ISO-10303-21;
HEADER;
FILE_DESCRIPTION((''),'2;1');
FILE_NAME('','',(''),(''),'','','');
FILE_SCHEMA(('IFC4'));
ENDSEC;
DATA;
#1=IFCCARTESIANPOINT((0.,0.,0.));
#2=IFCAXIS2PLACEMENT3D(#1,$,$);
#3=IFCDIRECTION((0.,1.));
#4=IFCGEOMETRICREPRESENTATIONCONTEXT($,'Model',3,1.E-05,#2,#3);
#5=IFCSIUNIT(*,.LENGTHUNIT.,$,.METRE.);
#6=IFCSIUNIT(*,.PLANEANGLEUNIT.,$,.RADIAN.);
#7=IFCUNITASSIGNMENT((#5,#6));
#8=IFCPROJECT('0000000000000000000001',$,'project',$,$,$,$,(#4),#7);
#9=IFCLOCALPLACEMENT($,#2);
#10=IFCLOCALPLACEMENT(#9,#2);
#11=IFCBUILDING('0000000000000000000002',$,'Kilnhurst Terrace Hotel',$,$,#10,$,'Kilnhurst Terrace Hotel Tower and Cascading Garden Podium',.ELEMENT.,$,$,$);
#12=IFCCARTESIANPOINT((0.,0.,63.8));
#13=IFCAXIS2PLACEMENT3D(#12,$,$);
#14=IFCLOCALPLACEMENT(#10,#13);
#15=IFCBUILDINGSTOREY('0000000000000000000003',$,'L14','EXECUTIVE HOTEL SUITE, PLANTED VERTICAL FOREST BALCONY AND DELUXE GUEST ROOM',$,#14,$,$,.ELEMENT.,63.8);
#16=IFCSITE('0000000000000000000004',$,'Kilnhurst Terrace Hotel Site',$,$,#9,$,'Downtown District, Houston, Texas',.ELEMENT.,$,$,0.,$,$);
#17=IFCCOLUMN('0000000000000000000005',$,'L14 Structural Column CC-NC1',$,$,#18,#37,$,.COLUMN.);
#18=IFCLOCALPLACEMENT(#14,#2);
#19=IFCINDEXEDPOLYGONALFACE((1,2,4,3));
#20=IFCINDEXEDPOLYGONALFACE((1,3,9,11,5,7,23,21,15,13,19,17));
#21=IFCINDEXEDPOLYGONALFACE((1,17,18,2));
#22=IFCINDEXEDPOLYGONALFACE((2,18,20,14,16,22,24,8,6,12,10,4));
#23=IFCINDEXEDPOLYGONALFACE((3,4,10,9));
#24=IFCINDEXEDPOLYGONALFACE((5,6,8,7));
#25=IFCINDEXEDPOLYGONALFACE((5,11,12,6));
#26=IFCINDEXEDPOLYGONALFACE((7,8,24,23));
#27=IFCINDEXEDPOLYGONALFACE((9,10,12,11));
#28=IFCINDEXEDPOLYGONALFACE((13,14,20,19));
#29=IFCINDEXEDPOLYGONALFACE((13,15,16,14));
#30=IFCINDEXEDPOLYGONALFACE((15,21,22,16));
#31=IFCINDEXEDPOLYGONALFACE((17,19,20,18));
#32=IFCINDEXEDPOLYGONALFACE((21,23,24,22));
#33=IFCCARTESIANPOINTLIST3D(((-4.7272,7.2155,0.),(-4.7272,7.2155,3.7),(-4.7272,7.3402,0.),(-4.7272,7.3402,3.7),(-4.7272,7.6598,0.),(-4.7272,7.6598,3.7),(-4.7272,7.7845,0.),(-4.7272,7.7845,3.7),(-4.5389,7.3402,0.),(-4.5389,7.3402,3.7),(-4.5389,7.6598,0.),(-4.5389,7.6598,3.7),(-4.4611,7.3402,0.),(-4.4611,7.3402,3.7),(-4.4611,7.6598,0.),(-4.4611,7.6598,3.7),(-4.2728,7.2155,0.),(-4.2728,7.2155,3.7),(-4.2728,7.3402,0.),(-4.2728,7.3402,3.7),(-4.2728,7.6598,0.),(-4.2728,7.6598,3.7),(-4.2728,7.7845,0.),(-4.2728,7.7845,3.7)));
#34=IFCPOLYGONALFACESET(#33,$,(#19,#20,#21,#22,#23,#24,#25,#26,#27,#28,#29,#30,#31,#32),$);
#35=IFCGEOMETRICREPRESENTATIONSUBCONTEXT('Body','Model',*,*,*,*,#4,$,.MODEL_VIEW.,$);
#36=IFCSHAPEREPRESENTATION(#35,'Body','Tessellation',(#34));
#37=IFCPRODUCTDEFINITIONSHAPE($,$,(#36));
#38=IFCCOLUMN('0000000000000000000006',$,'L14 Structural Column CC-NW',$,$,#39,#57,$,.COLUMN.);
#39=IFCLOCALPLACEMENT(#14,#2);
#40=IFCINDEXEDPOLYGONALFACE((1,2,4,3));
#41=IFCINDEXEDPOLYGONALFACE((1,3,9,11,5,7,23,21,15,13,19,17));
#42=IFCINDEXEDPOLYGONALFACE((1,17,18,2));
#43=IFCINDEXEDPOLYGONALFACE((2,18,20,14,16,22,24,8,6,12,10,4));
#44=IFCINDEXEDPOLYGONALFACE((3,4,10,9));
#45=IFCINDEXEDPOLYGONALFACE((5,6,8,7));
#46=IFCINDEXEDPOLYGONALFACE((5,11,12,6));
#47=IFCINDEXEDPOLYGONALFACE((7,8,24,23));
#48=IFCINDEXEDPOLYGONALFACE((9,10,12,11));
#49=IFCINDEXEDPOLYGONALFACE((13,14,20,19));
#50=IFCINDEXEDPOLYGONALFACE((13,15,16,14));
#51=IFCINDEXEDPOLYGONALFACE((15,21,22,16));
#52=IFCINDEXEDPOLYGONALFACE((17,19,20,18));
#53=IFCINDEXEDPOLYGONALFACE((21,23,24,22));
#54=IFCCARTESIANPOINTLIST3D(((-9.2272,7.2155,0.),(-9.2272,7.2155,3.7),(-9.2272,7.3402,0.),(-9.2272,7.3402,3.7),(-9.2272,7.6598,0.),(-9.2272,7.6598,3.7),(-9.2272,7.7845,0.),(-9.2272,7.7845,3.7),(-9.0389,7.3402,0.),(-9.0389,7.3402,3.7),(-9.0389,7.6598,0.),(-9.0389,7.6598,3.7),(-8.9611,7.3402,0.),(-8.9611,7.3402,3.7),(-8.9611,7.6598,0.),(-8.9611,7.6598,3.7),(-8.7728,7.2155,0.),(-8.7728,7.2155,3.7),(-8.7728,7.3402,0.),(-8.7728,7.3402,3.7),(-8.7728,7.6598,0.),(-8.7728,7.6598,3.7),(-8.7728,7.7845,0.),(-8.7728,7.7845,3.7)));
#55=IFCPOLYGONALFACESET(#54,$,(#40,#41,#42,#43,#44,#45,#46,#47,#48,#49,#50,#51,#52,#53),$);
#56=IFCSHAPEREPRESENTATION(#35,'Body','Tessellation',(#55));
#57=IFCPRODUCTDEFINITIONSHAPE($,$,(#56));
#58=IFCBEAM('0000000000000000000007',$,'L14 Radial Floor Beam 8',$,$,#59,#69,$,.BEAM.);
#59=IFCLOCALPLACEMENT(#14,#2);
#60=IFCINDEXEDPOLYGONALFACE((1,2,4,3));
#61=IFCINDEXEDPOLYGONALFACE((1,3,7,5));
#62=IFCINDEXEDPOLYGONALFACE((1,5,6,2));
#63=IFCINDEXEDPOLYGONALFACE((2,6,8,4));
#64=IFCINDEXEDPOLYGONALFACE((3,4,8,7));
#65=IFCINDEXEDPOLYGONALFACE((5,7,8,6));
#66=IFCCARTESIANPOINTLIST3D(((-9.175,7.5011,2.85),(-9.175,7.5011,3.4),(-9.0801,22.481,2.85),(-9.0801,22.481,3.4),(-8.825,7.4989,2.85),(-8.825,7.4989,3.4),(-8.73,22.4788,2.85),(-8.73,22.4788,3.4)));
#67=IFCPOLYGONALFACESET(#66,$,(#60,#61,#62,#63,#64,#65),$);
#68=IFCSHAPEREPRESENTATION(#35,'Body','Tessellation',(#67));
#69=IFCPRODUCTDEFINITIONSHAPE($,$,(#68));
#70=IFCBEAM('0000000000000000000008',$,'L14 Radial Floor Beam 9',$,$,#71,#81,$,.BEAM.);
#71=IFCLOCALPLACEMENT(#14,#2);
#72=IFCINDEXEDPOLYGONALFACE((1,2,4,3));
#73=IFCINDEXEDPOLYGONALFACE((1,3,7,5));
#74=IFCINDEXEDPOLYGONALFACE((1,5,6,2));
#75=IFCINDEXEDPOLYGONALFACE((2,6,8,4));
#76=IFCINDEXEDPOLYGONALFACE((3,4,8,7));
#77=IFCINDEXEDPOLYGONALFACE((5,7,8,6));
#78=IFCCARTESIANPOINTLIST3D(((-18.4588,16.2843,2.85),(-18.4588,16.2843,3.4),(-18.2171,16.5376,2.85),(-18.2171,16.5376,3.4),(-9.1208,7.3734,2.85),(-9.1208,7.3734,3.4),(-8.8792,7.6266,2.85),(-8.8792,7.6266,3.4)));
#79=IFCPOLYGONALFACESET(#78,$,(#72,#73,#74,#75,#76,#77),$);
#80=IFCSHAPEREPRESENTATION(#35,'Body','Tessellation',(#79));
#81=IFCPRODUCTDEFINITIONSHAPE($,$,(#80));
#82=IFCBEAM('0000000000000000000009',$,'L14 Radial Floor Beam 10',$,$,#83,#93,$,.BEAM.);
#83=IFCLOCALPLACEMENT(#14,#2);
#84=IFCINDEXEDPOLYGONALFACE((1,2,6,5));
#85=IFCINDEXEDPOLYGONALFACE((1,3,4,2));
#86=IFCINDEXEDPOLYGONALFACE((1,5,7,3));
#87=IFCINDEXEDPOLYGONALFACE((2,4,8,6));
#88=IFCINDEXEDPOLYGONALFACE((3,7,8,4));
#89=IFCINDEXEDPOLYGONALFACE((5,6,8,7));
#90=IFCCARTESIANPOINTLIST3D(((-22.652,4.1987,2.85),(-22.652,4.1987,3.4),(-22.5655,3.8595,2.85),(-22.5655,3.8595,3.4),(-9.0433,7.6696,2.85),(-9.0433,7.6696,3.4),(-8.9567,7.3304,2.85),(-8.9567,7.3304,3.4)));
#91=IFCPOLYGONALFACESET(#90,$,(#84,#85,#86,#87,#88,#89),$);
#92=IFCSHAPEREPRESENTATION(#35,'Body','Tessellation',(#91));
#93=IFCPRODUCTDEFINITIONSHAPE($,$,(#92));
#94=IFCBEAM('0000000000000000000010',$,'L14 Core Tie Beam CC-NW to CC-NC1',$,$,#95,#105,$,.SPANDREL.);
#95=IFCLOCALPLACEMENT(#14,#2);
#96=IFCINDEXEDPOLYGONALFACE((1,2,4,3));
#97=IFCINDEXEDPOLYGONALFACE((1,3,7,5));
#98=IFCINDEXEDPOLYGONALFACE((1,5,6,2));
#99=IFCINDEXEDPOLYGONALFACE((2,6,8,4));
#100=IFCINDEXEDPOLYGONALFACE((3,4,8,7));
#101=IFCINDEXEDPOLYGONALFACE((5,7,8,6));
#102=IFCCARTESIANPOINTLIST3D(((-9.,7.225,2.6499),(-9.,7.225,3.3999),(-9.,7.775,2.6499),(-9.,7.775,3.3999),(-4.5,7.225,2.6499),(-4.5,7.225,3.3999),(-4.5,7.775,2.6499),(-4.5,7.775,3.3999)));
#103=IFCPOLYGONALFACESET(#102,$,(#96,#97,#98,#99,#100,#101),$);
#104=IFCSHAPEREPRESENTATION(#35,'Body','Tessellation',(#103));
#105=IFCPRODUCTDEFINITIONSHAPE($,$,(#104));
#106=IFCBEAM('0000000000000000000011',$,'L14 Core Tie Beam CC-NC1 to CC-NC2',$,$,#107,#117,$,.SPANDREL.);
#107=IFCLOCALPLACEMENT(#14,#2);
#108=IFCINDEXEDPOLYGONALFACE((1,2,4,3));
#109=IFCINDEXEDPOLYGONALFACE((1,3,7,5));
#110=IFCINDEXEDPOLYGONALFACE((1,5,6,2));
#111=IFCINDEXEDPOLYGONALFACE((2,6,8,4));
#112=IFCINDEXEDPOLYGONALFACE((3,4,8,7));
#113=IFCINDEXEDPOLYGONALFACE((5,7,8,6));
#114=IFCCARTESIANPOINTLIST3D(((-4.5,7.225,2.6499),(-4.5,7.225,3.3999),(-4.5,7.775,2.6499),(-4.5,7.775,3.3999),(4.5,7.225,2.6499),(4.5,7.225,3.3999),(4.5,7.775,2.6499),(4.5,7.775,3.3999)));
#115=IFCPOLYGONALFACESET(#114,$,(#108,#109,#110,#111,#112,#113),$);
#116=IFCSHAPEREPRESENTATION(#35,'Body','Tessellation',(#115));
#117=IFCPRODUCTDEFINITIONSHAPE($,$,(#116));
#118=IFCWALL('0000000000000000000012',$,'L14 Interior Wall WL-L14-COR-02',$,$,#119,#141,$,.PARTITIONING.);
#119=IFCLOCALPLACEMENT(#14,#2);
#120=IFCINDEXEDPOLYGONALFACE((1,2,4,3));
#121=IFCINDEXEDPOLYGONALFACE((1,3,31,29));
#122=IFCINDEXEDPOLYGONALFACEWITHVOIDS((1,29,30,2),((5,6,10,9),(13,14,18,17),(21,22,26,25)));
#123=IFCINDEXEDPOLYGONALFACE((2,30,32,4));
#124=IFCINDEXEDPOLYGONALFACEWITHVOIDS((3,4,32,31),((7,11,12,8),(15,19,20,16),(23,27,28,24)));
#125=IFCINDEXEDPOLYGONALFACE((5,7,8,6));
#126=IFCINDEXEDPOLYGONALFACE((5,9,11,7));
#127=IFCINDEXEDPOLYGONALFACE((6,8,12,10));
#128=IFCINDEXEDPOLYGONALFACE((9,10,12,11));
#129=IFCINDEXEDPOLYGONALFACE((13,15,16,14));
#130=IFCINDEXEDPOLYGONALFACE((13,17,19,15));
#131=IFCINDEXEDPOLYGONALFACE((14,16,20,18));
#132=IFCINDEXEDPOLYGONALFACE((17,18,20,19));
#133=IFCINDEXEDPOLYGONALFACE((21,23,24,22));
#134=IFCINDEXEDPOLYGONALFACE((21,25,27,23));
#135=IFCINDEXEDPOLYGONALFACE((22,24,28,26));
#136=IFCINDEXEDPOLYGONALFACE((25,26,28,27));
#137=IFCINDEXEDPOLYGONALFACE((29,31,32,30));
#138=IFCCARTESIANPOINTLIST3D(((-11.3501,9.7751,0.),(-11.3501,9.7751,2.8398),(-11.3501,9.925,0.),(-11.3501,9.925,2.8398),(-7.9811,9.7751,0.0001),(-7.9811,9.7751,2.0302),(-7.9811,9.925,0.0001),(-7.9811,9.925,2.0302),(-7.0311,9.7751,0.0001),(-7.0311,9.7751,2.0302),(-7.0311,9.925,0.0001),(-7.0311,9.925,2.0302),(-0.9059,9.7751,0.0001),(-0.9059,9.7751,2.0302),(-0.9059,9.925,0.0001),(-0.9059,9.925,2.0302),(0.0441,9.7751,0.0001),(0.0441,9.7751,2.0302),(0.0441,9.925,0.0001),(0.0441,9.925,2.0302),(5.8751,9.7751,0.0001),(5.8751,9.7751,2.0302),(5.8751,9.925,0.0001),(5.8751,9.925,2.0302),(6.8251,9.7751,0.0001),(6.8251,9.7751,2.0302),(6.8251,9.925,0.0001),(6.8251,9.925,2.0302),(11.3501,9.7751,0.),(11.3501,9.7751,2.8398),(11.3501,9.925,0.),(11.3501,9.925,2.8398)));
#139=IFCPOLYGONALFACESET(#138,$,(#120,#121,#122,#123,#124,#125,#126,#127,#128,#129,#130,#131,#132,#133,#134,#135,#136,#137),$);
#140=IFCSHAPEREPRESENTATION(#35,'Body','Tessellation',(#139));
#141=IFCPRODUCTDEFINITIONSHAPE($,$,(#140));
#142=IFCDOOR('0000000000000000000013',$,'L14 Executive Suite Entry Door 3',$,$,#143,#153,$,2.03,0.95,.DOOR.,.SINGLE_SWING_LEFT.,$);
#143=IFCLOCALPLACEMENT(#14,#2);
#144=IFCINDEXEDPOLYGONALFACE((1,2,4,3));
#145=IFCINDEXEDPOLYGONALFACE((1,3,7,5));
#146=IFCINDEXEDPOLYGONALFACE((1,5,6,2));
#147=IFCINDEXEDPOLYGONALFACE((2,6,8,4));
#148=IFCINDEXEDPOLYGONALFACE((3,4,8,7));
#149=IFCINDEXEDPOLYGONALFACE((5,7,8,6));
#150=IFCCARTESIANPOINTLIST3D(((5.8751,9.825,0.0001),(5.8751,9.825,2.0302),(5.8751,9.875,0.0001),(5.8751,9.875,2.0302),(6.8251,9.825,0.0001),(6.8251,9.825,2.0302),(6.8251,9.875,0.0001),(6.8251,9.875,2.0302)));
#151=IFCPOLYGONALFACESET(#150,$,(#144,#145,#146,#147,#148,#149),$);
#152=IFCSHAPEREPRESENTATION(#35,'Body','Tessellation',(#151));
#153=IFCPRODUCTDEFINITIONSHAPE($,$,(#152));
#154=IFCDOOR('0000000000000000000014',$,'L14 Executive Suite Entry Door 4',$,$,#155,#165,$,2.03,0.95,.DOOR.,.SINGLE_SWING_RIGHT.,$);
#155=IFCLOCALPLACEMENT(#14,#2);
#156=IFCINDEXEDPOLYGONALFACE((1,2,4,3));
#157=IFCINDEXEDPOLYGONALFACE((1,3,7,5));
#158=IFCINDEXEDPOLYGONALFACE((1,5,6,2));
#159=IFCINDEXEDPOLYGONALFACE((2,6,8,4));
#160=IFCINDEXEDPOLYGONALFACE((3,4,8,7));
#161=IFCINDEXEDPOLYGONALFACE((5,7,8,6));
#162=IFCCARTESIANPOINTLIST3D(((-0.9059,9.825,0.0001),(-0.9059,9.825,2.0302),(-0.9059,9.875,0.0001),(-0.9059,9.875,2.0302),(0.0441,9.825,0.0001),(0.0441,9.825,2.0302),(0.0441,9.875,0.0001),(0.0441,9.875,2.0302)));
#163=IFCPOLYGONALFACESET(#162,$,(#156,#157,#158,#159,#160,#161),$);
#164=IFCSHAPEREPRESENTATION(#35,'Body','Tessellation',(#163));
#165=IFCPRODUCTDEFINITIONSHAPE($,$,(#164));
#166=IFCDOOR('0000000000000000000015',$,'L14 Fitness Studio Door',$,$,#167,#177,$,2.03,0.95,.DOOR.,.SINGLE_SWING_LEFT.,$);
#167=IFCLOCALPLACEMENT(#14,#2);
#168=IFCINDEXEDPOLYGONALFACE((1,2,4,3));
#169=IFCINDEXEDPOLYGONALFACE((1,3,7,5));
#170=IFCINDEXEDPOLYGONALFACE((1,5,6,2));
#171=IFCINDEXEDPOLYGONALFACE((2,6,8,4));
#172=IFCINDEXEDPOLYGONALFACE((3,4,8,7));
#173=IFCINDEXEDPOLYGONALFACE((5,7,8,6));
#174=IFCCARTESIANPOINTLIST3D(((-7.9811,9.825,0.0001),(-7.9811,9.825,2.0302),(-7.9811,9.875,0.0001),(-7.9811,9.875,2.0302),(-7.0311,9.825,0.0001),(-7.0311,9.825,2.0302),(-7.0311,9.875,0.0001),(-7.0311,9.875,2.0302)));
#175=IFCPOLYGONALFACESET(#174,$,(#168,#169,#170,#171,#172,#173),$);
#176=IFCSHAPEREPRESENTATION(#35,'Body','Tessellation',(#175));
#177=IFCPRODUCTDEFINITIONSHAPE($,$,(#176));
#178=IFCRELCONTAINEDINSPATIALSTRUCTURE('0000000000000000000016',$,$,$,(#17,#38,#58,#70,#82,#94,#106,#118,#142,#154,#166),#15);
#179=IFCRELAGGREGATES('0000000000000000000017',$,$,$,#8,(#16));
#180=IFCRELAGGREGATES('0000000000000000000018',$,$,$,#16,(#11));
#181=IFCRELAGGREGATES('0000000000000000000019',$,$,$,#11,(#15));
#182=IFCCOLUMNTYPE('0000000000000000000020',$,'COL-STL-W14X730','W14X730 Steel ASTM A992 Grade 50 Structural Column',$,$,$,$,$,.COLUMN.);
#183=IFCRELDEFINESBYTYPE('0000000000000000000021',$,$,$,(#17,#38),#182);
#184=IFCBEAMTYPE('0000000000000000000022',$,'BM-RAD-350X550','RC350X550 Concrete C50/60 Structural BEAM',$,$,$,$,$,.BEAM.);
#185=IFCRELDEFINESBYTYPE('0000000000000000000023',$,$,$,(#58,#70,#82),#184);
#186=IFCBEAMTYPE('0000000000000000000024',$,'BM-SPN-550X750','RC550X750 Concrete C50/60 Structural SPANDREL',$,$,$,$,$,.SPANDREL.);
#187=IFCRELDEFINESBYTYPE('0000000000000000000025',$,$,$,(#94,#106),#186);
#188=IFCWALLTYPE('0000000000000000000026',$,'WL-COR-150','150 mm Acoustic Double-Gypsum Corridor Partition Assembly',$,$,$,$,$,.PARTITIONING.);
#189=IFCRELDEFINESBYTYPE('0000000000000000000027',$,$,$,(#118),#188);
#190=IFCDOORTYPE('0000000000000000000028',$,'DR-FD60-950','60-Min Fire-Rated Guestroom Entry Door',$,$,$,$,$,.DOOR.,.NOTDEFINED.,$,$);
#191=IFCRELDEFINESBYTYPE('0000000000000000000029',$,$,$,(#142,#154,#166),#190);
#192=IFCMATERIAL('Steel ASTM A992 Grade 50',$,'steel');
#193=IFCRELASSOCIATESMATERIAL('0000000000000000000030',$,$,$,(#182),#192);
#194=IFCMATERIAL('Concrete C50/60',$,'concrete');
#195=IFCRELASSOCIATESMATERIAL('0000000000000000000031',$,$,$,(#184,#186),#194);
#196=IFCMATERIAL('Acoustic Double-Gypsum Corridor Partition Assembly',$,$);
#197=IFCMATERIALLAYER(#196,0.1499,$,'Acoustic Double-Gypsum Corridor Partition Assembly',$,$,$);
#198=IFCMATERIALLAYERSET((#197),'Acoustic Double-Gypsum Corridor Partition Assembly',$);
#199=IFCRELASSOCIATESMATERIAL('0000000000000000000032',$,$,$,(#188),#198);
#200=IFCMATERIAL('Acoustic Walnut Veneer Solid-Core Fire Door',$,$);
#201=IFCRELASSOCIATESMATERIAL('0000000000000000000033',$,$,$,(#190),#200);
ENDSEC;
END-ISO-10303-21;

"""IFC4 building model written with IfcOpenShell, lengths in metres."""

from ifc_helpers import new_model, si_unit, direction, frame, frame_2d, origin, origin_2d, place, context, subcontext, project, spatial, rectangle, i_section, extrude, material, layer, layer_set, material_profile, profile_set, type_object, element, fill, save


model = new_model("IFC4")

# Units and contexts
model_context = context("Model", 3, precision=1e-05, world=origin(), true_north=direction((0.0, 1.0)))
body_context = subcontext(model_context, "Body", "Model", "MODEL_VIEW")
ifc_project = project(units=[si_unit("LENGTHUNIT", "METRE"), si_unit("PLANEANGLEUNIT", "RADIAN")], contexts=[model_context])

# Site, building, storey
site_placement = place(None, origin())
site = spatial("IfcSite", under=ifc_project, at=site_placement, Name="Kilnhurst Terrace Hotel Site", LongName="Downtown District, Houston, Texas", CompositionType="ELEMENT", RefElevation=0.0)
building_placement = place(site_placement, origin())
building = spatial("IfcBuilding", under=site, at=building_placement, Name="Kilnhurst Terrace Hotel", LongName="Kilnhurst Terrace Hotel Tower and Cascading Garden Podium", CompositionType="ELEMENT")
storey_placement = place(building_placement, frame((0.0, 0.0, 63.8)))
storey = spatial("IfcBuildingStorey", under=building, at=storey_placement, Name="L14", Description="EXECUTIVE HOTEL SUITE, PLANTED VERTICAL FOREST BALCONY AND DELUXE GUEST ROOM", CompositionType="ELEMENT", Elevation=63.8)

# Columns
ifc_material_1 = material(Name="Steel ASTM A992 Grade 50", Category="steel")
ifc_material_profile_1 = material_profile(ifc_material_1, i_section(OverallWidth=0.4543, OverallDepth=0.5691, WebThickness=0.0779, FlangeThickness=0.1248, at=origin_2d()), Name="W14X730")
ifc_profile_set_1 = profile_set([ifc_material_profile_1], Name="Steel ASTM A992 Grade 50")
column_type = type_object("IfcColumnType", Name="COL-STL-W14X730", Description="W14X730 Steel ASTM A992 Grade 50 Structural Column", PredefinedType="COLUMN", material=ifc_profile_set_1)
for number, where, z_axis, x_axis, name in (
    (1, (-4.5, 7.5, 0.0), (0.0, 0.0, 1.0), (1.0, 0.0, 0.0), "L14 Structural Column CC-NC1"),
    (2, (-9.0, 7.5, 0.0), (0.0, 0.0, 1.0), (1.0, 0.0, 0.0), "L14 Structural Column CC-NW"),
):
    element("IfcColumn", number, at=place(storey_placement, frame(where, z_axis=z_axis, x_axis=x_axis)), inside=storey, type_object=column_type, Name=name, PredefinedType="COLUMN", context=body_context, shape_type="SweptSolid", body=[
        extrude(i_section(OverallWidth=0.4543, OverallDepth=0.5691, WebThickness=0.0779, FlangeThickness=0.1248, at=origin_2d()), origin(), (0.0, 0.0, 1.0), 3.7),
    ])

# Beams
ifc_material_2 = material(Name="Concrete C50/60", Category="concrete")
ifc_material_profile_2 = material_profile(ifc_material_2, rectangle(XDim=0.3501, YDim=0.55, at=origin_2d()), Name="RC350X550")
ifc_profile_set_2 = profile_set([ifc_material_profile_2], Name="Concrete C50/60")
beam_type_1 = type_object("IfcBeamType", Name="BM-RAD-350X550", Description="RC350X550 Concrete C50/60 Structural BEAM", PredefinedType="BEAM", material=ifc_profile_set_2)
beam_1_placement = place(storey_placement, frame((-9.0, 7.5, 3.125), z_axis=(0.00634, 0.99998, 0.0), x_axis=(-0.99998, 0.00634, 0.0)))
element("IfcBeam", 3, at=beam_1_placement, inside=storey, type_object=beam_type_1, Name="L14 Radial Floor Beam 8", PredefinedType="BEAM", context=body_context, shape_type="SweptSolid", body=[
    extrude(rectangle(XDim=0.3501, YDim=0.55, at=origin_2d()), origin(), (0.0, 0.0, 1.0), 14.9802),
])
beam_2_placement = place(storey_placement, frame((-9.0, 7.5, 3.125), z_axis=(-0.723454, 0.690372, 0.0), x_axis=(-0.690372, -0.723454, 0.0)))
element("IfcBeam", 4, at=beam_2_placement, inside=storey, type_object=beam_type_1, Name="L14 Radial Floor Beam 9", PredefinedType="BEAM", context=body_context, shape_type="SweptSolid", body=[
    extrude(rectangle(XDim=0.3501, YDim=0.55, at=origin_2d()), origin(), (0.0, 0.0, 1.0), 12.9075),
])
beam_3_placement = place(storey_placement, frame((-9.0, 7.5, 3.125), z_axis=(-0.96898, -0.247138, 0.0), x_axis=(0.247138, -0.96898, 0.0)))
element("IfcBeam", 5, at=beam_3_placement, inside=storey, type_object=beam_type_1, Name="L14 Radial Floor Beam 10", PredefinedType="BEAM", context=body_context, shape_type="SweptSolid", body=[
    extrude(rectangle(XDim=0.3501, YDim=0.55, at=origin_2d()), origin(), (0.0, 0.0, 1.0), 14.0444),
])
ifc_material_profile_3 = material_profile(ifc_material_2, rectangle(XDim=0.55, YDim=0.75, at=origin_2d()), Name="RC550X750")
ifc_profile_set_3 = profile_set([ifc_material_profile_3], Name="Concrete C50/60")
beam_type_2 = type_object("IfcBeamType", Name="BM-SPN-550X750", Description="RC550X750 Concrete C50/60 Structural SPANDREL", PredefinedType="SPANDREL", material=ifc_profile_set_3)
beam_4_placement = place(storey_placement, frame((-9.0, 7.5, 3.0249), z_axis=(1.0, 0.0, 0.0), x_axis=(0.0, 1.0, 0.0)))
element("IfcBeam", 6, at=beam_4_placement, inside=storey, type_object=beam_type_2, Name="L14 Core Tie Beam CC-NW to CC-NC1", PredefinedType="SPANDREL", context=body_context, shape_type="SweptSolid", body=[
    extrude(rectangle(XDim=0.55, YDim=0.75, at=origin_2d()), origin(), (0.0, 0.0, 1.0), 4.5),
])
beam_5_placement = place(storey_placement, frame((-4.5, 7.5, 3.0249), z_axis=(1.0, 0.0, 0.0), x_axis=(0.0, 1.0, 0.0)))
element("IfcBeam", 7, at=beam_5_placement, inside=storey, type_object=beam_type_2, Name="L14 Core Tie Beam CC-NC1 to CC-NC2", PredefinedType="SPANDREL", context=body_context, shape_type="SweptSolid", body=[
    extrude(rectangle(XDim=0.55, YDim=0.75, at=origin_2d()), origin(), (0.0, 0.0, 1.0), 9.0),
])

# Wall, openings, doors
ifc_material_3 = material(Name="Acoustic Double-Gypsum Corridor Partition Assembly")
ifc_layer_1 = layer(ifc_material_3, 0.1499, Name="Acoustic Double-Gypsum Corridor Partition Assembly")
ifc_layer_set_1 = layer_set([ifc_layer_1], Name="Acoustic Double-Gypsum Corridor Partition Assembly")
wall_type_1 = type_object("IfcWallType", Name="WL-COR-150", Description="150 mm Acoustic Double-Gypsum Corridor Partition Assembly", PredefinedType="PARTITIONING", material=ifc_layer_set_1)
wall_1_placement = place(storey_placement, frame((-11.3501, 9.8501, 0.0), z_axis=(0.0, 0.0, 1.0), x_axis=(1.0, 0.0, 0.0)))
wall_1 = element("IfcWall", 8, at=wall_1_placement, inside=storey, type_object=wall_type_1, Name="L14 Interior Wall WL-L14-COR-02", PredefinedType="PARTITIONING", context=body_context, shape_type="SweptSolid", body=[
    extrude(rectangle(XDim=22.7002, YDim=0.1499, at=frame_2d((11.3501, 0.0))), origin(), (0.0, 0.0, 1.0), 2.8398),
])
opening_1_placement = place(wall_1_placement, frame((17.2251, 0.0, 0.0)))
opening_1 = element("IfcOpeningElement", 9, at=opening_1_placement, cuts=wall_1, PredefinedType="OPENING", context=body_context, shape_type="SweptSolid", body=[
    extrude(rectangle(XDim=0.95, YDim=2.03, at=frame_2d((0.4751, 1.0151))), frame((0.0, 0.085, 0.0), z_axis=(0.0, -1.0, 0.0), x_axis=(1.0, 0.0, 0.0)), (0.0, 0.0, 1.0), 0.1699),
])
opening_2_placement = place(wall_1_placement, frame((10.4441, 0.0, 0.0)))
opening_2 = element("IfcOpeningElement", 10, at=opening_2_placement, cuts=wall_1, PredefinedType="OPENING", context=body_context, shape_type="SweptSolid", body=[
    extrude(rectangle(XDim=0.95, YDim=2.03, at=frame_2d((0.4751, 1.0151))), frame((0.0, 0.085, 0.0), z_axis=(0.0, -1.0, 0.0), x_axis=(1.0, 0.0, 0.0)), (0.0, 0.0, 1.0), 0.1699),
])
opening_3_placement = place(wall_1_placement, frame((3.3689, 0.0, 0.0)))
opening_3 = element("IfcOpeningElement", 11, at=opening_3_placement, cuts=wall_1, PredefinedType="OPENING", context=body_context, shape_type="SweptSolid", body=[
    extrude(rectangle(XDim=0.95, YDim=2.03, at=frame_2d((0.4751, 1.0151))), frame((0.0, 0.085, 0.0), z_axis=(0.0, -1.0, 0.0), x_axis=(1.0, 0.0, 0.0)), (0.0, 0.0, 1.0), 0.1699),
])
ifc_material_4 = material(Name="Acoustic Walnut Veneer Solid-Core Fire Door")
door_type_1 = type_object("IfcDoorType", Name="DR-FD60-950", Description="60-Min Fire-Rated Guestroom Entry Door", OperationType="NOTDEFINED", PredefinedType="DOOR", material=ifc_material_4)
door_1_placement = place(opening_1_placement, origin())
door_1 = element("IfcDoor", 12, at=door_1_placement, inside=storey, type_object=door_type_1, Name="L14 Executive Suite Entry Door 3", OperationType="SINGLE_SWING_LEFT", OverallHeight=2.03, OverallWidth=0.95, PredefinedType="DOOR", context=body_context, shape_type="SweptSolid", body=[
    extrude(rectangle(XDim=0.95, YDim=2.03, at=frame_2d((0.4751, 1.0151))), frame((0.0, 0.0249, 0.0), z_axis=(0.0, -1.0, 0.0), x_axis=(1.0, 0.0, 0.0)), (0.0, 0.0, 1.0), 0.05),
])
fill(opening_1, door_1)
door_2_placement = place(opening_2_placement, origin())
door_2 = element("IfcDoor", 13, at=door_2_placement, inside=storey, type_object=door_type_1, Name="L14 Executive Suite Entry Door 4", OperationType="SINGLE_SWING_RIGHT", OverallHeight=2.03, OverallWidth=0.95, PredefinedType="DOOR", context=body_context, shape_type="SweptSolid", body=[
    extrude(rectangle(XDim=0.95, YDim=2.03, at=frame_2d((0.4751, 1.0151))), frame((0.0, 0.0249, 0.0), z_axis=(0.0, -1.0, 0.0), x_axis=(1.0, 0.0, 0.0)), (0.0, 0.0, 1.0), 0.05),
])
fill(opening_2, door_2)
door_3_placement = place(opening_3_placement, origin())
door_3 = element("IfcDoor", 14, at=door_3_placement, inside=storey, type_object=door_type_1, Name="L14 Fitness Studio Door", OperationType="SINGLE_SWING_LEFT", OverallHeight=2.03, OverallWidth=0.95, PredefinedType="DOOR", context=body_context, shape_type="SweptSolid", body=[
    extrude(rectangle(XDim=0.95, YDim=2.03, at=frame_2d((0.4751, 1.0151))), frame((0.0, 0.0249, 0.0), z_axis=(0.0, -1.0, 0.0), x_axis=(1.0, 0.0, 0.0)), (0.0, 0.0, 1.0), 0.05),
])
fill(opening_3, door_3)

save(model, "model.ifc")
